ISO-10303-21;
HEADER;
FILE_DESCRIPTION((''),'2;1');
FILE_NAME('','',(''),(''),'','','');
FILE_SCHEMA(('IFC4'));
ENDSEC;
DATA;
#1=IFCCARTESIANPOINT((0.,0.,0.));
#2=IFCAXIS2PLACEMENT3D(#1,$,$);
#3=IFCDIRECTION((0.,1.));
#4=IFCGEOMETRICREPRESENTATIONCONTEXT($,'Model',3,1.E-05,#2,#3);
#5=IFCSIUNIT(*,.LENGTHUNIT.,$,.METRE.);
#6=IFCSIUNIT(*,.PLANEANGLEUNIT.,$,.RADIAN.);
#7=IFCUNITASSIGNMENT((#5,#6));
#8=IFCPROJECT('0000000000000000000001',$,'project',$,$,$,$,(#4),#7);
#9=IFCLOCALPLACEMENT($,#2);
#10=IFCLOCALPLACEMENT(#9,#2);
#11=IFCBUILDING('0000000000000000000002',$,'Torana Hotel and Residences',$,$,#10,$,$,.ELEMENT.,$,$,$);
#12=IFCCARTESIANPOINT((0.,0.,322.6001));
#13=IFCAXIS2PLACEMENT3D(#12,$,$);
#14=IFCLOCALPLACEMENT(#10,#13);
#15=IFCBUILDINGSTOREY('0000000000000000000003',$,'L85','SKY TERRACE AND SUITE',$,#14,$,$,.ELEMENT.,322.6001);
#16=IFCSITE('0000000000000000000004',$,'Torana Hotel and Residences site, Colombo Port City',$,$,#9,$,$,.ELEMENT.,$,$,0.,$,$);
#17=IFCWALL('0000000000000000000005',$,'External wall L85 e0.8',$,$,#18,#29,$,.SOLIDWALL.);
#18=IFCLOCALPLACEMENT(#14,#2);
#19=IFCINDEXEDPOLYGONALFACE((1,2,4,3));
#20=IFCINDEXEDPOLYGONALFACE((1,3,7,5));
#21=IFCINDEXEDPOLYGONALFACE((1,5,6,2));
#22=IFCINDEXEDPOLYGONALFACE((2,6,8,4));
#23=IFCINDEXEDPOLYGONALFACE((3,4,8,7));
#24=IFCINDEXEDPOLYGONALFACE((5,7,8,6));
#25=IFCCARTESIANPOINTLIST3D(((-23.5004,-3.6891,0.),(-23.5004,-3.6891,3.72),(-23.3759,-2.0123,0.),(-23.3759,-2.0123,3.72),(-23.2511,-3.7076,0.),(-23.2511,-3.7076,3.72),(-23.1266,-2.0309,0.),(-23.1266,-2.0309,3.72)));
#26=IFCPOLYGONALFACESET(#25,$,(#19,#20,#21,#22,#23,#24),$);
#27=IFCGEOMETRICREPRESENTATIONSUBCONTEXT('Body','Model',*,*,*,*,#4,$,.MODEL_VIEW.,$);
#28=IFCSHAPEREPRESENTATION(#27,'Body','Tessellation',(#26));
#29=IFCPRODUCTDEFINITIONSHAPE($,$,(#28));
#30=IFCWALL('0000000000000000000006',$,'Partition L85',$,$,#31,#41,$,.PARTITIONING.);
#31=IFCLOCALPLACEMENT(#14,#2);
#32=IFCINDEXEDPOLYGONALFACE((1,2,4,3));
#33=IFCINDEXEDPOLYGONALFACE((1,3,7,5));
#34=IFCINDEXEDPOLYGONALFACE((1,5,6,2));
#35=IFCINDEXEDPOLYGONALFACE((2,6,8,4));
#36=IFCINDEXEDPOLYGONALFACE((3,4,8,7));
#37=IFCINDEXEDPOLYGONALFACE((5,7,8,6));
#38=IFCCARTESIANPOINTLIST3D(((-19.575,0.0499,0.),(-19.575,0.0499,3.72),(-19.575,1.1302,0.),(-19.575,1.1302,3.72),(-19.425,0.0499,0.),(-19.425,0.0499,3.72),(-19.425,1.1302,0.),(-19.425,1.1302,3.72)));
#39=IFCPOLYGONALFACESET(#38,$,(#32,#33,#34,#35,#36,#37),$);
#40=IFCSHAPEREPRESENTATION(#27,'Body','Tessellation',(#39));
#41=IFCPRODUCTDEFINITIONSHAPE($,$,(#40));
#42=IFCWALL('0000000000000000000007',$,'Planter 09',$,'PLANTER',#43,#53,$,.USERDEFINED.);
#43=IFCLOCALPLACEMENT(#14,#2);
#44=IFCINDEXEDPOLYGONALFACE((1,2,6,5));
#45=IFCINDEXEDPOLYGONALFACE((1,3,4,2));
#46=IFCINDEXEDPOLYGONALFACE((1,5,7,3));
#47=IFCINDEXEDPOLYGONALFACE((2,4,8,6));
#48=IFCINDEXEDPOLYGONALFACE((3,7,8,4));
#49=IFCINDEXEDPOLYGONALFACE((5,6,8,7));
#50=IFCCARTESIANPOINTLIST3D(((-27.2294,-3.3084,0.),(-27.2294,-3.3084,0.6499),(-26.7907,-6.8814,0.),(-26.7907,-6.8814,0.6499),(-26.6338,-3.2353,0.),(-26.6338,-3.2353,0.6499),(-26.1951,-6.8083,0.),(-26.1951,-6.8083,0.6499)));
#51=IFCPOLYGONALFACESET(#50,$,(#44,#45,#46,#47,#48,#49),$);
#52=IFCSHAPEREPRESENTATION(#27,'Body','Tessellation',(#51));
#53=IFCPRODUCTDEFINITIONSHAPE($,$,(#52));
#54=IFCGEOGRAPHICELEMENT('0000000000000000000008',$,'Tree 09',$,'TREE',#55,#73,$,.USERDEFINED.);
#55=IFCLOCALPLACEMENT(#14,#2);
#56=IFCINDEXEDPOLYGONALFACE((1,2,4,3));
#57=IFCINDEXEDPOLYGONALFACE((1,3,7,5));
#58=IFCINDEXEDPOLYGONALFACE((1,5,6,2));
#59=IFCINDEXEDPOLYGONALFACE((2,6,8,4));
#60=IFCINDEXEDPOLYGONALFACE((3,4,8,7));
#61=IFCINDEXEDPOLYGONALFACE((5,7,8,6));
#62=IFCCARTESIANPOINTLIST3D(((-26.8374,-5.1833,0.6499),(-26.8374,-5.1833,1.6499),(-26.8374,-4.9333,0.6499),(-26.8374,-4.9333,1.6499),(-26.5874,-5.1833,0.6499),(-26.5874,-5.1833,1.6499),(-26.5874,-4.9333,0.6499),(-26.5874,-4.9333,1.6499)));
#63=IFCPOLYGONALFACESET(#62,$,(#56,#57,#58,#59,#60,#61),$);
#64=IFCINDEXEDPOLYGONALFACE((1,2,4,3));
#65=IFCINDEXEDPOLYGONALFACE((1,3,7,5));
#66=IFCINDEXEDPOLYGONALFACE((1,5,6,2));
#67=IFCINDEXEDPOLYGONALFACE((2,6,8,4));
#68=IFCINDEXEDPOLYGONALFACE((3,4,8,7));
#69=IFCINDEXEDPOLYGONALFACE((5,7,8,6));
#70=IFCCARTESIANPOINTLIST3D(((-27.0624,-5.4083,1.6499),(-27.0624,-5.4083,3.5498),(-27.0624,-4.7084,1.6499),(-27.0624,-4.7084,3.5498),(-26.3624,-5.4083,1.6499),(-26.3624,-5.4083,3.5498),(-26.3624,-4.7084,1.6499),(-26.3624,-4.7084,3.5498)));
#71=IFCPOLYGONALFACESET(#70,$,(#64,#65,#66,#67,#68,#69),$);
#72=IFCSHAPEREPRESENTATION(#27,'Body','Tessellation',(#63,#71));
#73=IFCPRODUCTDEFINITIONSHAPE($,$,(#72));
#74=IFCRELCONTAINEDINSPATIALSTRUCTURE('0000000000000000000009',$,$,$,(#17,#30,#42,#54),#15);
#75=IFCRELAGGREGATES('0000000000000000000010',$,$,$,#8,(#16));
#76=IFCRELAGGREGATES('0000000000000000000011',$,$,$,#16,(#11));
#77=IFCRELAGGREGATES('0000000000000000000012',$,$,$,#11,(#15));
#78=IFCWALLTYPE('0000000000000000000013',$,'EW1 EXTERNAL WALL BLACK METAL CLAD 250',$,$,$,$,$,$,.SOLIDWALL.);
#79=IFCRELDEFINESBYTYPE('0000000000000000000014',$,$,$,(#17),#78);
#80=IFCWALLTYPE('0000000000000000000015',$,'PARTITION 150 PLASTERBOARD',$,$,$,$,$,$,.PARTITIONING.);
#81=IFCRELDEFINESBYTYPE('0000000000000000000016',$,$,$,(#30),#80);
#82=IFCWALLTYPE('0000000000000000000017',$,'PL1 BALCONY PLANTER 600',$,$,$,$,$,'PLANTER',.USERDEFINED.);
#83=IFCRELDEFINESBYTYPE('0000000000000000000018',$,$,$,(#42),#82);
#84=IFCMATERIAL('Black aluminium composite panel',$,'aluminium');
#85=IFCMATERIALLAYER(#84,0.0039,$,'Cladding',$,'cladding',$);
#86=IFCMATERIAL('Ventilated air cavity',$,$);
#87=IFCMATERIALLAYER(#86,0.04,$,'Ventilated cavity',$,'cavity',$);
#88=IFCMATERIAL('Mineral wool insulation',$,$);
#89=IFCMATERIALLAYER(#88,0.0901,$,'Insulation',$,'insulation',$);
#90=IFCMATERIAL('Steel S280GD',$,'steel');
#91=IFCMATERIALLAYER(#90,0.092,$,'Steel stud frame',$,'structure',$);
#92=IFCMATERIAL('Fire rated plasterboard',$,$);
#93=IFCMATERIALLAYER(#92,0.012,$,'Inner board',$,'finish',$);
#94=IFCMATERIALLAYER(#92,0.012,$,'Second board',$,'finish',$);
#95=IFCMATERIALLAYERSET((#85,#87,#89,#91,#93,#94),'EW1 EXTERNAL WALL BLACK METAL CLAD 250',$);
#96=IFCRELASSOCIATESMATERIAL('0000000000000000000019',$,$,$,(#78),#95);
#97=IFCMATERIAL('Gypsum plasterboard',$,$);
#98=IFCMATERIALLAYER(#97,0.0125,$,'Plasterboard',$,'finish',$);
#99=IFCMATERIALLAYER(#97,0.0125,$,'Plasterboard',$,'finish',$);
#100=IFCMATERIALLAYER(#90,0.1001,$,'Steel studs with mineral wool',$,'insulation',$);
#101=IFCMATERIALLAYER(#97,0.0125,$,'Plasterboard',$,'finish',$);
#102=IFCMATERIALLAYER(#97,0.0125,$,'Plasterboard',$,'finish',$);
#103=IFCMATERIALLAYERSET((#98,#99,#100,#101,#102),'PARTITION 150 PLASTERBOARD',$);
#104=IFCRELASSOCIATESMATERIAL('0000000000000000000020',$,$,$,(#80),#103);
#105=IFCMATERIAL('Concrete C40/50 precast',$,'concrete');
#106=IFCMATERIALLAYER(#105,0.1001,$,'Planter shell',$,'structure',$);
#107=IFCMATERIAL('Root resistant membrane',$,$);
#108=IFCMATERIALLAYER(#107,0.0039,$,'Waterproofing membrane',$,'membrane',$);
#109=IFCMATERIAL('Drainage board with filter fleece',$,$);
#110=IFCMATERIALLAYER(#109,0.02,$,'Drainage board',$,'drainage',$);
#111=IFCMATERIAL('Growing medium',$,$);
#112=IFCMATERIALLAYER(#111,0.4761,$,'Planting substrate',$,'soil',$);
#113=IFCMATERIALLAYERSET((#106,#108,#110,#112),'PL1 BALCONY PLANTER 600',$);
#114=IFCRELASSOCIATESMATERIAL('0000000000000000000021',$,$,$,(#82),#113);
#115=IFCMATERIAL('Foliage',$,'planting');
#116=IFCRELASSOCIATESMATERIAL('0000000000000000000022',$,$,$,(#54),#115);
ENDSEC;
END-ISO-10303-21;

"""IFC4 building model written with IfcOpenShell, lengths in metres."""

from ifc_helpers import new_model, si_unit, direction, frame, frame_2d, origin, origin_2d, place, context, subcontext, project, spatial, rectangle, extrude, material, layer, layer_set, type_object, element, save


model = new_model("IFC4")

# Units and contexts
model_context = context("Model", 3, precision=1e-05, world=origin(), true_north=direction((0.0, 1.0)))
body_context = subcontext(model_context, "Body", "Model", "MODEL_VIEW")
ifc_project = project(units=[si_unit("LENGTHUNIT", "METRE"), si_unit("PLANEANGLEUNIT", "RADIAN")], contexts=[model_context])

# Site, building, storey
site_placement = place(None, origin())
site = spatial("IfcSite", under=ifc_project, at=site_placement, Name="Torana Hotel and Residences site, Colombo Port City", CompositionType="ELEMENT", RefElevation=0.0)
building_placement = place(site_placement, origin())
building = spatial("IfcBuilding", under=site, at=building_placement, Name="Torana Hotel and Residences", CompositionType="ELEMENT")
storey_placement = place(building_placement, frame((0.0, 0.0, 322.6001)))
storey = spatial("IfcBuildingStorey", under=building, at=storey_placement, Name="L85", Description="SKY TERRACE AND SUITE", CompositionType="ELEMENT", Elevation=322.6001)

# Wall
ifc_material_1 = material(Name="Black aluminium composite panel", Category="aluminium")
ifc_layer_1 = layer(ifc_material_1, 0.0039, Name="Cladding", Category="cladding")
ifc_material_2 = material(Name="Ventilated air cavity")
ifc_layer_2 = layer(ifc_material_2, 0.04, Name="Ventilated cavity", Category="cavity")
ifc_material_3 = material(Name="Mineral wool insulation")
ifc_layer_3 = layer(ifc_material_3, 0.0901, Name="Insulation", Category="insulation")
ifc_material_4 = material(Name="Steel S280GD", Category="steel")
ifc_layer_4 = layer(ifc_material_4, 0.092, Name="Steel stud frame", Category="structure")
ifc_material_5 = material(Name="Fire rated plasterboard")
ifc_layer_5 = layer(ifc_material_5, 0.012, Name="Inner board", Category="finish")
ifc_layer_6 = layer(ifc_material_5, 0.012, Name="Second board", Category="finish")
ifc_layer_set_1 = layer_set([ifc_layer_1, ifc_layer_2, ifc_layer_3, ifc_layer_4, ifc_layer_5, ifc_layer_6], Name="EW1 EXTERNAL WALL BLACK METAL CLAD 250")
wall_type_1 = type_object("IfcWallType", Name="EW1 EXTERNAL WALL BLACK METAL CLAD 250", PredefinedType="SOLIDWALL", material=ifc_layer_set_1)
wall_1_placement = place(storey_placement, frame((-23.2512, -2.0215, 0.0), z_axis=(0.0, 0.0, 1.0), x_axis=(-0.074054, -0.997254, 0.0)))
element("IfcWall", 1, at=wall_1_placement, inside=storey, type_object=wall_type_1, Name="External wall L85 e0.8", PredefinedType="SOLIDWALL", context=body_context, shape_type="SweptSolid", body=[
    extrude(rectangle(XDim=1.6814, YDim=0.25, at=frame_2d((0.8408, 0.0))), origin(), (0.0, 0.0, 1.0), 3.72),
])

# Walls
ifc_material_6 = material(Name="Gypsum plasterboard")
ifc_layer_7 = layer(ifc_material_6, 0.0125, Name="Plasterboard", Category="finish")
ifc_layer_8 = layer(ifc_material_6, 0.0125, Name="Plasterboard", Category="finish")
ifc_layer_9 = layer(ifc_material_4, 0.1001, Name="Steel studs with mineral wool", Category="insulation")
ifc_layer_10 = layer(ifc_material_6, 0.0125, Name="Plasterboard", Category="finish")
ifc_layer_11 = layer(ifc_material_6, 0.0125, Name="Plasterboard", Category="finish")
ifc_layer_set_2 = layer_set([ifc_layer_7, ifc_layer_8, ifc_layer_9, ifc_layer_10, ifc_layer_11], Name="PARTITION 150 PLASTERBOARD")
wall_type_2 = type_object("IfcWallType", Name="PARTITION 150 PLASTERBOARD", PredefinedType="PARTITIONING", material=ifc_layer_set_2)
wall_2_placement = place(storey_placement, frame((-19.5, 0.05, 0.0), z_axis=(0.0, 0.0, 1.0), x_axis=(0.0, 1.0, 0.0)))
element("IfcWall", 2, at=wall_2_placement, inside=storey, type_object=wall_type_2, Name="Partition L85", PredefinedType="PARTITIONING", context=body_context, shape_type="SweptSolid", body=[
    extrude(rectangle(XDim=1.0803, YDim=0.1499, at=frame_2d((0.54, 0.0))), origin(), (0.0, 0.0, 1.0), 3.72),
])
ifc_material_7 = material(Name="Concrete C40/50 precast", Category="concrete")
ifc_layer_12 = layer(ifc_material_7, 0.1001, Name="Planter shell", Category="structure")
ifc_material_8 = material(Name="Root resistant membrane")
ifc_layer_13 = layer(ifc_material_8, 0.0039, Name="Waterproofing membrane", Category="membrane")
ifc_material_9 = material(Name="Drainage board with filter fleece")
ifc_layer_14 = layer(ifc_material_9, 0.02, Name="Drainage board", Category="drainage")
ifc_material_10 = material(Name="Growing medium")
ifc_layer_15 = layer(ifc_material_10, 0.4761, Name="Planting substrate", Category="soil")
ifc_layer_set_3 = layer_set([ifc_layer_12, ifc_layer_13, ifc_layer_14, ifc_layer_15], Name="PL1 BALCONY PLANTER 600")
wall_type_3 = type_object("IfcWallType", Name="PL1 BALCONY PLANTER 600", ElementType="PLANTER", PredefinedType="USERDEFINED", material=ifc_layer_set_3)
wall_3_placement = place(storey_placement, frame((-26.4929, -6.8447, 0.0), z_axis=(0.0, 0.0, 1.0), x_axis=(-0.121873, 0.992546, 0.0)))
element("IfcWall", 3, at=wall_3_placement, inside=storey, type_object=wall_type_3, Name="Planter 09", ObjectType="PLANTER", PredefinedType="USERDEFINED", context=body_context, shape_type="SweptSolid", body=[
    extrude(rectangle(XDim=3.5999, YDim=0.6001, at=frame_2d((1.7998, 0.0))), origin(), (0.0, 0.0, 1.0), 0.6499),
])

# Geographic element
ifc_material_11 = material(Name="Foliage", Category="planting")
geographic_element_placement = place(storey_placement, frame((-26.7124, -5.0583, 0.6499), z_axis=(0.0, 0.0, 1.0), x_axis=(1.0, 0.0, 0.0)))
element("IfcGeographicElement", 4, at=geographic_element_placement, inside=storey, material=ifc_material_11, Name="Tree 09", ObjectType="TREE", PredefinedType="USERDEFINED", context=body_context, shape_type="SweptSolid", body=[
    extrude(rectangle(XDim=0.25, YDim=0.25, at=origin_2d()), origin(), (0.0, 0.0, 1.0), 1.0),
    extrude(rectangle(XDim=0.7, YDim=0.7, at=origin_2d()), frame((0.0, 0.0, 1.0)), (0.0, 0.0, 1.0), 1.8999),
])

save(model, "model.ifc")
